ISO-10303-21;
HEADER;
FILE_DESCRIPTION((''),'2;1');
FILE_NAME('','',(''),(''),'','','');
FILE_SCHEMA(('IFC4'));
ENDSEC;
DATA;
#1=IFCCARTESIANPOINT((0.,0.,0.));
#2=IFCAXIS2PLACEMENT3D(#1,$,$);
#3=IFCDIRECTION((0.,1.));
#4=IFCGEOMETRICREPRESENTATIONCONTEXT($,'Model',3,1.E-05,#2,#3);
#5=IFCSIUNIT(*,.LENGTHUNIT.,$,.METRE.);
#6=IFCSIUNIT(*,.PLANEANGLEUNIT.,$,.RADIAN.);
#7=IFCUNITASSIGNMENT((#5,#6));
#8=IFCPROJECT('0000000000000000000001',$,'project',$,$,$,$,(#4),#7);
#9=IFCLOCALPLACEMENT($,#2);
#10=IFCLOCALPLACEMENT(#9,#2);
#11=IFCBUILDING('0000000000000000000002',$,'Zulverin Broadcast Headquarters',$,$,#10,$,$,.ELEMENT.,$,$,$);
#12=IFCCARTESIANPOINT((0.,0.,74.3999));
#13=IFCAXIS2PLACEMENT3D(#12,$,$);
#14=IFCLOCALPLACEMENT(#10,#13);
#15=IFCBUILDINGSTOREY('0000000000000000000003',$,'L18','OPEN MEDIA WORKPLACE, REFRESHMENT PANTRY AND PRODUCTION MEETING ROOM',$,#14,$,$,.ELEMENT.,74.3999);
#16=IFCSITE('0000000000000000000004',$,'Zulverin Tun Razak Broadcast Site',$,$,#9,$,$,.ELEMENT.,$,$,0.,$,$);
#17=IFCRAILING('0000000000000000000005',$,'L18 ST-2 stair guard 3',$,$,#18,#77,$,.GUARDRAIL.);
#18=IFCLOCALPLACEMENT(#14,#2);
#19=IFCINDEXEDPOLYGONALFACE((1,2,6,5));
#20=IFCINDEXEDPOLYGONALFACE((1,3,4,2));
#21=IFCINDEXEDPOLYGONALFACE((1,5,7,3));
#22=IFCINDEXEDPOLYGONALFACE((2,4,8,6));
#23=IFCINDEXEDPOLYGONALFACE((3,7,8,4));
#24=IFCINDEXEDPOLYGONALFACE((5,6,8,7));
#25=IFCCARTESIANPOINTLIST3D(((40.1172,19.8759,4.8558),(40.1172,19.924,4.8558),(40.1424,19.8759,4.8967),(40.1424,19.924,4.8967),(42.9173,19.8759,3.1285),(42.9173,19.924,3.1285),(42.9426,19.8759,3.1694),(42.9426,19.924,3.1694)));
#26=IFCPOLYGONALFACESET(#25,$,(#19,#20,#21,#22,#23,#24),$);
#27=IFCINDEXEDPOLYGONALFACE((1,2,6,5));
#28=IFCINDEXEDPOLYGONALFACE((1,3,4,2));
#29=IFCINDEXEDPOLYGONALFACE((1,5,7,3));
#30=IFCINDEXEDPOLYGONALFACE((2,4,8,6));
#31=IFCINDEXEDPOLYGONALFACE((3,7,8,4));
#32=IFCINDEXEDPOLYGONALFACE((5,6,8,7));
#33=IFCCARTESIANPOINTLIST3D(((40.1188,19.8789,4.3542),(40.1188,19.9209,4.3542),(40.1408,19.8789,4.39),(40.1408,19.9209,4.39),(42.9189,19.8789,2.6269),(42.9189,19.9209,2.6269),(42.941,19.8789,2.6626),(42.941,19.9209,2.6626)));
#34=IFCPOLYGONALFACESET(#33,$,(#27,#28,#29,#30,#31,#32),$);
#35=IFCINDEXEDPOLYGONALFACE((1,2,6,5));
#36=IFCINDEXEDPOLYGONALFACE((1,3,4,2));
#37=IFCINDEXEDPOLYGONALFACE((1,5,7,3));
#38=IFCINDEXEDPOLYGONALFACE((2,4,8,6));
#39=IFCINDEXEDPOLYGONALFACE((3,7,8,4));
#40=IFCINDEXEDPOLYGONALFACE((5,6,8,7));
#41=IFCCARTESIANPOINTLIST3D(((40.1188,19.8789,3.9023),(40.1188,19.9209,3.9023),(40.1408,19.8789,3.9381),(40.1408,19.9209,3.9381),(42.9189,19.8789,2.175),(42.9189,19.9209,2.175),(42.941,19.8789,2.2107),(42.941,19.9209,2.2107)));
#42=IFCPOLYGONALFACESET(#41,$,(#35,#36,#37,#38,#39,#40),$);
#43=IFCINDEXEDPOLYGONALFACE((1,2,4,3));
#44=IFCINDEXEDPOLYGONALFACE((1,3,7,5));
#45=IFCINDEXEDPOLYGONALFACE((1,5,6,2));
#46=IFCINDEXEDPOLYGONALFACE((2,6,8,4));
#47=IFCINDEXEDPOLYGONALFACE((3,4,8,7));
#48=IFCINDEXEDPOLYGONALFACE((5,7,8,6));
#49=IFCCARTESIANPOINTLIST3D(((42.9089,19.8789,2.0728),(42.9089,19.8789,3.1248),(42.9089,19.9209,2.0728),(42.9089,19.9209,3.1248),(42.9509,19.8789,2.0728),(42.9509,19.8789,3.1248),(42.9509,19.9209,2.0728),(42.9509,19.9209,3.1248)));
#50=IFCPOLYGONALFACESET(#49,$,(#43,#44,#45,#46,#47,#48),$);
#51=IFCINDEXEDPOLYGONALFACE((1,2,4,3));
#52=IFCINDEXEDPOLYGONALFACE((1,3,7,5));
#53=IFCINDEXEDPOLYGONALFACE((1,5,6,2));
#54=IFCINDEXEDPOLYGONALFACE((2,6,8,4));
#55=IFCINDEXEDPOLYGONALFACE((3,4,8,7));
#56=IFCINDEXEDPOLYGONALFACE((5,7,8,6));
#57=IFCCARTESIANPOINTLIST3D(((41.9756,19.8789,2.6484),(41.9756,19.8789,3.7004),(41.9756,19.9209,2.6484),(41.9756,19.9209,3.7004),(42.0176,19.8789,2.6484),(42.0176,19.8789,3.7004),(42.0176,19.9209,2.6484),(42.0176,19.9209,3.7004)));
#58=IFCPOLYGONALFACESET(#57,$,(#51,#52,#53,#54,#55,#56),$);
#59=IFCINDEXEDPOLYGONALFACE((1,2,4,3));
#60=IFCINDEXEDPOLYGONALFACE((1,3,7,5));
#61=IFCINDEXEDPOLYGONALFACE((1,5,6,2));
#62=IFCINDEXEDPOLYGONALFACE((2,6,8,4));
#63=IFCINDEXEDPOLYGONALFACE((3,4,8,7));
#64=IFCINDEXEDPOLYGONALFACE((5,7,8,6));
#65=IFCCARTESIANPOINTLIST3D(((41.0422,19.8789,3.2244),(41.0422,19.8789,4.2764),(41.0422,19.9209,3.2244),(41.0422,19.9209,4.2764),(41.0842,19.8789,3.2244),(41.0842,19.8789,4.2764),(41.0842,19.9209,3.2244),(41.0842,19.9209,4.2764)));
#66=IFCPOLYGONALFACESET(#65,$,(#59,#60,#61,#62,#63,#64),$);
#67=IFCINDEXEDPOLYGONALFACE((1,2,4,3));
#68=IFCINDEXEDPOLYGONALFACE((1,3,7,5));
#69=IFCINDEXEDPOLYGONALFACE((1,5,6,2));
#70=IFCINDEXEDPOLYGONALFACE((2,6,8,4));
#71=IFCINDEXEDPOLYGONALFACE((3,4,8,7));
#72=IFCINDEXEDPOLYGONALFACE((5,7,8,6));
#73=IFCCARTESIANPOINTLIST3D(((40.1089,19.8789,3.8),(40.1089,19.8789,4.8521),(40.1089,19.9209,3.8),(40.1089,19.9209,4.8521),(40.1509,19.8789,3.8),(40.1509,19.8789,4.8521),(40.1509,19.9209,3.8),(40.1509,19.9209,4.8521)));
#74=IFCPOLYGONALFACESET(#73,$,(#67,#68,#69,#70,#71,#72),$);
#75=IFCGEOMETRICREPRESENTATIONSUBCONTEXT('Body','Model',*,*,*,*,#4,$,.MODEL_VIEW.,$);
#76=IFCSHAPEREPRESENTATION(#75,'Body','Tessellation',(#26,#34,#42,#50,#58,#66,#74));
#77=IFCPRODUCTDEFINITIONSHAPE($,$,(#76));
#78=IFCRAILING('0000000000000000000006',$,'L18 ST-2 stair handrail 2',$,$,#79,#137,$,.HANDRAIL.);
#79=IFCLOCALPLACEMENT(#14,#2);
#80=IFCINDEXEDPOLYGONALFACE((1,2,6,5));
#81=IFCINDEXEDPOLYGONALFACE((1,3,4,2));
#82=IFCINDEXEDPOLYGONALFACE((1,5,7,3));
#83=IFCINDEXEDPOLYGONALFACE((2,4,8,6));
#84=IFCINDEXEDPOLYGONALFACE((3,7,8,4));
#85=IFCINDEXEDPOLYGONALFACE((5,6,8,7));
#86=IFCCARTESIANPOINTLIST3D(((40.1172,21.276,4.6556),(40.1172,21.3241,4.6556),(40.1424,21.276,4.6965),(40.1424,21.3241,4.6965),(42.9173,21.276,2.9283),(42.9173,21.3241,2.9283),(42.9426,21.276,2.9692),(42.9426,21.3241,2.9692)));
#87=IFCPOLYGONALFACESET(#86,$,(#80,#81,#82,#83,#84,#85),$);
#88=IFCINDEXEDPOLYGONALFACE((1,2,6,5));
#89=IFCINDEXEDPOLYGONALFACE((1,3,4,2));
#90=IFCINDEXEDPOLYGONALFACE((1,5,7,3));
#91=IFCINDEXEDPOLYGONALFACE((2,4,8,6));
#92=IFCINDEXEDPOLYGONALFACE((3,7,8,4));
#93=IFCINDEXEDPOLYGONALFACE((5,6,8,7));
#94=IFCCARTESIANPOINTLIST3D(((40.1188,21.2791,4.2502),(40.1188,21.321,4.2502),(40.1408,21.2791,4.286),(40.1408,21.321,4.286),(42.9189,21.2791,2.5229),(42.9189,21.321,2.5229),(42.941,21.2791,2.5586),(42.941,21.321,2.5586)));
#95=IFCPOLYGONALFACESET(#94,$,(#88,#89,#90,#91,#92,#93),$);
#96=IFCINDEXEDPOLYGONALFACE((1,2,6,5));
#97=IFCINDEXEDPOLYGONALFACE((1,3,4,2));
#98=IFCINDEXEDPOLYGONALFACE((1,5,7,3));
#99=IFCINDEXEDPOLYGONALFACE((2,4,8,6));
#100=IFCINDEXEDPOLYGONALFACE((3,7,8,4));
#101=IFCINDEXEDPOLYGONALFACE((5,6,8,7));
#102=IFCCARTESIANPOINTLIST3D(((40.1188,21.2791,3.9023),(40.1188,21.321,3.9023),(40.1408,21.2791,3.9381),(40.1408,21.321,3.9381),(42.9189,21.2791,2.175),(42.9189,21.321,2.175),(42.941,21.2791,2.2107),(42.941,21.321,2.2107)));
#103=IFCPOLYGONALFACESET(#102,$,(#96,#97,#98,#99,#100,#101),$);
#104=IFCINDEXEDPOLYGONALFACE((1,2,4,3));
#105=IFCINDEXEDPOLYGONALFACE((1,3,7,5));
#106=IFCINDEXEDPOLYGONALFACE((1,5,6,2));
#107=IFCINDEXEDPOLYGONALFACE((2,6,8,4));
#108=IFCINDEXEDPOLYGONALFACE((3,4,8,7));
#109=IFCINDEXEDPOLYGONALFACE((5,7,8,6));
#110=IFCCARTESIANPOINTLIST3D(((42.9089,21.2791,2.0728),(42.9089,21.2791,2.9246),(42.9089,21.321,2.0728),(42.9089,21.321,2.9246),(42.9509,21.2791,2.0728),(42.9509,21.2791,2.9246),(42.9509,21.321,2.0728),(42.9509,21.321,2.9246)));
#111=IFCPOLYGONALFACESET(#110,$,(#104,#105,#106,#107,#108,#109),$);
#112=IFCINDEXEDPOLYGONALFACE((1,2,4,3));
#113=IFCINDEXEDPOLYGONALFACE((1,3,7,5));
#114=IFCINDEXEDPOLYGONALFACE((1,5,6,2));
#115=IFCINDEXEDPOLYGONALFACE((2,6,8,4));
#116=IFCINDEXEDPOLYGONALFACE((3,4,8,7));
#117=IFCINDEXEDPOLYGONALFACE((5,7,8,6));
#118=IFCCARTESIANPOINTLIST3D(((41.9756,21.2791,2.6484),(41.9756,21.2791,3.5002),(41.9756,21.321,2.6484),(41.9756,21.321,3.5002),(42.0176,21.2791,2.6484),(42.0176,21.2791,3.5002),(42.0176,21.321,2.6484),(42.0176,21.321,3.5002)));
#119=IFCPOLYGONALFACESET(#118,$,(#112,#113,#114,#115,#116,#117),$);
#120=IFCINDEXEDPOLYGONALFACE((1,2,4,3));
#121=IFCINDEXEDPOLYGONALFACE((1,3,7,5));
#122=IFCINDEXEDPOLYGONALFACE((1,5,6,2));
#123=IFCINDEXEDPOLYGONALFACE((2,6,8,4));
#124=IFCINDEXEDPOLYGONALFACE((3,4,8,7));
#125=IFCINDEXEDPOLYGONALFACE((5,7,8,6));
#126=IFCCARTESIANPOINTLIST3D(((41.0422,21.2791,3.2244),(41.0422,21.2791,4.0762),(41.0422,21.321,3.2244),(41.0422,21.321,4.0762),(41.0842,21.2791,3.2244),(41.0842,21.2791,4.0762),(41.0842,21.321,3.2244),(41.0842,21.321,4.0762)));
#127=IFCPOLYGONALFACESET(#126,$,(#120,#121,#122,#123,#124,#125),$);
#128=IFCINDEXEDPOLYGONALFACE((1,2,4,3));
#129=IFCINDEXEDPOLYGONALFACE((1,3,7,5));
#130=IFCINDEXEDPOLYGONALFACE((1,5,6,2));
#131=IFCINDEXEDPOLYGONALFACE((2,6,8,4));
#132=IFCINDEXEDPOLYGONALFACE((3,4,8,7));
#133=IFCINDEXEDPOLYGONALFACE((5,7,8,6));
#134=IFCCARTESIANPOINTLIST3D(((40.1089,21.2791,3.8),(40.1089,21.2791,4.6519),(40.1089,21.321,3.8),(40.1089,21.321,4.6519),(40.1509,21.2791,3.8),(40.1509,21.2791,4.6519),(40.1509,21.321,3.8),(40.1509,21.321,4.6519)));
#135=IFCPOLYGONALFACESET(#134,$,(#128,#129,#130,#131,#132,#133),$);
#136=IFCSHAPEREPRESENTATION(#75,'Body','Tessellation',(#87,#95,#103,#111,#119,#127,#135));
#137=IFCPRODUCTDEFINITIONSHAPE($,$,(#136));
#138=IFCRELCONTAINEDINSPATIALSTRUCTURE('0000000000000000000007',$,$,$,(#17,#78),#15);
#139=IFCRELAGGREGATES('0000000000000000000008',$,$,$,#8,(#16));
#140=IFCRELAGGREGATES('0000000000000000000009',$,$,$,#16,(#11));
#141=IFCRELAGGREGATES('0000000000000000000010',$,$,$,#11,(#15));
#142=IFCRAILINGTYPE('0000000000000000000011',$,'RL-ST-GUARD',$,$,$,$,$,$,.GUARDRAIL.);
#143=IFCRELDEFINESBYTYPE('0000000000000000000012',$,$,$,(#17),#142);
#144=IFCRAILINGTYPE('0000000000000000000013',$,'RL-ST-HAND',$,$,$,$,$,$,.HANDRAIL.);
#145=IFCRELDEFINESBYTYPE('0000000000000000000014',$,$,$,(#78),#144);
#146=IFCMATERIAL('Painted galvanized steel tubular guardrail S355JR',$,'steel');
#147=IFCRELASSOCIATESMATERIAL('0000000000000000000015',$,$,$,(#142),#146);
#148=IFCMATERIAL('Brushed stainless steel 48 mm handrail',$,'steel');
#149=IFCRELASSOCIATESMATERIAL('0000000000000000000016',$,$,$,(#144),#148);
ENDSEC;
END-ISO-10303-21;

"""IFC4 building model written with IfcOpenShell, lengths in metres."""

from ifc_helpers import new_model, si_unit, direction, frame, origin, origin_2d, place, context, subcontext, project, spatial, rectangle, extrude, material, type_object, element, save


model = new_model("IFC4")

# Units and contexts
model_context = context("Model", 3, precision=1e-05, world=origin(), true_north=direction((0.0, 1.0)))
body_context = subcontext(model_context, "Body", "Model", "MODEL_VIEW")
ifc_project = project(units=[si_unit("LENGTHUNIT", "METRE"), si_unit("PLANEANGLEUNIT", "RADIAN")], contexts=[model_context])

# Site, building, storey
site_placement = place(None, origin())
site = spatial("IfcSite", under=ifc_project, at=site_placement, Name="Zulverin Tun Razak Broadcast Site", CompositionType="ELEMENT", RefElevation=0.0)
building_placement = place(site_placement, origin())
building = spatial("IfcBuilding", under=site, at=building_placement, Name="Zulverin Broadcast Headquarters", CompositionType="ELEMENT")
storey_placement = place(building_placement, frame((0.0, 0.0, 74.3999)))
storey = spatial("IfcBuildingStorey", under=building, at=storey_placement, Name="L18", Description="OPEN MEDIA WORKPLACE, REFRESHMENT PANTRY AND PRODUCTION MEETING ROOM", CompositionType="ELEMENT", Elevation=74.3999)

# Railings
ifc_material_1 = material(Name="Painted galvanized steel tubular guardrail S355JR", Category="steel")
railing_type_1 = type_object("IfcRailingType", Name="RL-ST-GUARD", PredefinedType="GUARDRAIL", material=ifc_material_1)
railing_1_placement = place(storey_placement, frame((42.9299, 19.8999, 2.0728)))
element("IfcRailing", 1, at=railing_1_placement, inside=storey, type_object=railing_type_1, Name="L18 ST-2 stair guard 3", PredefinedType="GUARDRAIL", context=body_context, shape_type="SweptSolid", body=[
    extrude(rectangle(XDim=0.0481, YDim=0.0481, at=origin_2d()), frame((0.0, 0.0, 1.0762), z_axis=(-0.85109, 0.0, 0.52502), x_axis=(0.0, -1.0, 0.0)), (0.0, 0.0, 1.0), 3.29),
    extrude(rectangle(XDim=0.042, YDim=0.042, at=origin_2d()), frame((0.0, 0.0, 0.572), z_axis=(-0.85109, 0.0, 0.52502), x_axis=(0.0, -1.0, 0.0)), (0.0, 0.0, 1.0), 3.29),
    extrude(rectangle(XDim=0.042, YDim=0.042, at=origin_2d()), frame((0.0, 0.0, 0.1201), z_axis=(-0.85109, 0.0, 0.52502), x_axis=(0.0, -1.0, 0.0)), (0.0, 0.0, 1.0), 3.29),
    extrude(rectangle(XDim=0.042, YDim=0.042, at=origin_2d()), origin(), (0.0, 0.0, 1.0), 1.052),
    extrude(rectangle(XDim=0.042, YDim=0.042, at=origin_2d()), frame((-0.9333, 0.0, 0.5757)), (0.0, 0.0, 1.0), 1.052),
    extrude(rectangle(XDim=0.042, YDim=0.042, at=origin_2d()), frame((-1.8667, 0.0, 1.1516)), (0.0, 0.0, 1.0), 1.052),
    extrude(rectangle(XDim=0.042, YDim=0.042, at=origin_2d()), frame((-2.8, 0.0, 1.7273)), (0.0, 0.0, 1.0), 1.052),
])
ifc_material_2 = material(Name="Brushed stainless steel 48 mm handrail", Category="steel")
railing_type_2 = type_object("IfcRailingType", Name="RL-ST-HAND", PredefinedType="HANDRAIL", material=ifc_material_2)
railing_2_placement = place(storey_placement, frame((42.9299, 21.3, 2.0728)))
element("IfcRailing", 2, at=railing_2_placement, inside=storey, type_object=railing_type_2, Name="L18 ST-2 stair handrail 2", PredefinedType="HANDRAIL", context=body_context, shape_type="SweptSolid", body=[
    extrude(rectangle(XDim=0.0481, YDim=0.0481, at=origin_2d()), frame((0.0, 0.0, 0.876), z_axis=(-0.85109, 0.0, 0.52502), x_axis=(0.0, -1.0, 0.0)), (0.0, 0.0, 1.0), 3.29),
    extrude(rectangle(XDim=0.042, YDim=0.042, at=origin_2d()), frame((0.0, 0.0, 0.468), z_axis=(-0.85109, 0.0, 0.52502), x_axis=(0.0, -1.0, 0.0)), (0.0, 0.0, 1.0), 3.29),
    extrude(rectangle(XDim=0.042, YDim=0.042, at=origin_2d()), frame((0.0, 0.0, 0.1201), z_axis=(-0.85109, 0.0, 0.52502), x_axis=(0.0, -1.0, 0.0)), (0.0, 0.0, 1.0), 3.29),
    extrude(rectangle(XDim=0.042, YDim=0.042, at=origin_2d()), origin(), (0.0, 0.0, 1.0), 0.8518),
    extrude(rectangle(XDim=0.042, YDim=0.042, at=origin_2d()), frame((-0.9333, 0.0, 0.5757)), (0.0, 0.0, 1.0), 0.8518),
    extrude(rectangle(XDim=0.042, YDim=0.042, at=origin_2d()), frame((-1.8667, 0.0, 1.1516)), (0.0, 0.0, 1.0), 0.8518),
    extrude(rectangle(XDim=0.042, YDim=0.042, at=origin_2d()), frame((-2.8, 0.0, 1.7273)), (0.0, 0.0, 1.0), 0.8518),
])

save(model, "model.ifc")
